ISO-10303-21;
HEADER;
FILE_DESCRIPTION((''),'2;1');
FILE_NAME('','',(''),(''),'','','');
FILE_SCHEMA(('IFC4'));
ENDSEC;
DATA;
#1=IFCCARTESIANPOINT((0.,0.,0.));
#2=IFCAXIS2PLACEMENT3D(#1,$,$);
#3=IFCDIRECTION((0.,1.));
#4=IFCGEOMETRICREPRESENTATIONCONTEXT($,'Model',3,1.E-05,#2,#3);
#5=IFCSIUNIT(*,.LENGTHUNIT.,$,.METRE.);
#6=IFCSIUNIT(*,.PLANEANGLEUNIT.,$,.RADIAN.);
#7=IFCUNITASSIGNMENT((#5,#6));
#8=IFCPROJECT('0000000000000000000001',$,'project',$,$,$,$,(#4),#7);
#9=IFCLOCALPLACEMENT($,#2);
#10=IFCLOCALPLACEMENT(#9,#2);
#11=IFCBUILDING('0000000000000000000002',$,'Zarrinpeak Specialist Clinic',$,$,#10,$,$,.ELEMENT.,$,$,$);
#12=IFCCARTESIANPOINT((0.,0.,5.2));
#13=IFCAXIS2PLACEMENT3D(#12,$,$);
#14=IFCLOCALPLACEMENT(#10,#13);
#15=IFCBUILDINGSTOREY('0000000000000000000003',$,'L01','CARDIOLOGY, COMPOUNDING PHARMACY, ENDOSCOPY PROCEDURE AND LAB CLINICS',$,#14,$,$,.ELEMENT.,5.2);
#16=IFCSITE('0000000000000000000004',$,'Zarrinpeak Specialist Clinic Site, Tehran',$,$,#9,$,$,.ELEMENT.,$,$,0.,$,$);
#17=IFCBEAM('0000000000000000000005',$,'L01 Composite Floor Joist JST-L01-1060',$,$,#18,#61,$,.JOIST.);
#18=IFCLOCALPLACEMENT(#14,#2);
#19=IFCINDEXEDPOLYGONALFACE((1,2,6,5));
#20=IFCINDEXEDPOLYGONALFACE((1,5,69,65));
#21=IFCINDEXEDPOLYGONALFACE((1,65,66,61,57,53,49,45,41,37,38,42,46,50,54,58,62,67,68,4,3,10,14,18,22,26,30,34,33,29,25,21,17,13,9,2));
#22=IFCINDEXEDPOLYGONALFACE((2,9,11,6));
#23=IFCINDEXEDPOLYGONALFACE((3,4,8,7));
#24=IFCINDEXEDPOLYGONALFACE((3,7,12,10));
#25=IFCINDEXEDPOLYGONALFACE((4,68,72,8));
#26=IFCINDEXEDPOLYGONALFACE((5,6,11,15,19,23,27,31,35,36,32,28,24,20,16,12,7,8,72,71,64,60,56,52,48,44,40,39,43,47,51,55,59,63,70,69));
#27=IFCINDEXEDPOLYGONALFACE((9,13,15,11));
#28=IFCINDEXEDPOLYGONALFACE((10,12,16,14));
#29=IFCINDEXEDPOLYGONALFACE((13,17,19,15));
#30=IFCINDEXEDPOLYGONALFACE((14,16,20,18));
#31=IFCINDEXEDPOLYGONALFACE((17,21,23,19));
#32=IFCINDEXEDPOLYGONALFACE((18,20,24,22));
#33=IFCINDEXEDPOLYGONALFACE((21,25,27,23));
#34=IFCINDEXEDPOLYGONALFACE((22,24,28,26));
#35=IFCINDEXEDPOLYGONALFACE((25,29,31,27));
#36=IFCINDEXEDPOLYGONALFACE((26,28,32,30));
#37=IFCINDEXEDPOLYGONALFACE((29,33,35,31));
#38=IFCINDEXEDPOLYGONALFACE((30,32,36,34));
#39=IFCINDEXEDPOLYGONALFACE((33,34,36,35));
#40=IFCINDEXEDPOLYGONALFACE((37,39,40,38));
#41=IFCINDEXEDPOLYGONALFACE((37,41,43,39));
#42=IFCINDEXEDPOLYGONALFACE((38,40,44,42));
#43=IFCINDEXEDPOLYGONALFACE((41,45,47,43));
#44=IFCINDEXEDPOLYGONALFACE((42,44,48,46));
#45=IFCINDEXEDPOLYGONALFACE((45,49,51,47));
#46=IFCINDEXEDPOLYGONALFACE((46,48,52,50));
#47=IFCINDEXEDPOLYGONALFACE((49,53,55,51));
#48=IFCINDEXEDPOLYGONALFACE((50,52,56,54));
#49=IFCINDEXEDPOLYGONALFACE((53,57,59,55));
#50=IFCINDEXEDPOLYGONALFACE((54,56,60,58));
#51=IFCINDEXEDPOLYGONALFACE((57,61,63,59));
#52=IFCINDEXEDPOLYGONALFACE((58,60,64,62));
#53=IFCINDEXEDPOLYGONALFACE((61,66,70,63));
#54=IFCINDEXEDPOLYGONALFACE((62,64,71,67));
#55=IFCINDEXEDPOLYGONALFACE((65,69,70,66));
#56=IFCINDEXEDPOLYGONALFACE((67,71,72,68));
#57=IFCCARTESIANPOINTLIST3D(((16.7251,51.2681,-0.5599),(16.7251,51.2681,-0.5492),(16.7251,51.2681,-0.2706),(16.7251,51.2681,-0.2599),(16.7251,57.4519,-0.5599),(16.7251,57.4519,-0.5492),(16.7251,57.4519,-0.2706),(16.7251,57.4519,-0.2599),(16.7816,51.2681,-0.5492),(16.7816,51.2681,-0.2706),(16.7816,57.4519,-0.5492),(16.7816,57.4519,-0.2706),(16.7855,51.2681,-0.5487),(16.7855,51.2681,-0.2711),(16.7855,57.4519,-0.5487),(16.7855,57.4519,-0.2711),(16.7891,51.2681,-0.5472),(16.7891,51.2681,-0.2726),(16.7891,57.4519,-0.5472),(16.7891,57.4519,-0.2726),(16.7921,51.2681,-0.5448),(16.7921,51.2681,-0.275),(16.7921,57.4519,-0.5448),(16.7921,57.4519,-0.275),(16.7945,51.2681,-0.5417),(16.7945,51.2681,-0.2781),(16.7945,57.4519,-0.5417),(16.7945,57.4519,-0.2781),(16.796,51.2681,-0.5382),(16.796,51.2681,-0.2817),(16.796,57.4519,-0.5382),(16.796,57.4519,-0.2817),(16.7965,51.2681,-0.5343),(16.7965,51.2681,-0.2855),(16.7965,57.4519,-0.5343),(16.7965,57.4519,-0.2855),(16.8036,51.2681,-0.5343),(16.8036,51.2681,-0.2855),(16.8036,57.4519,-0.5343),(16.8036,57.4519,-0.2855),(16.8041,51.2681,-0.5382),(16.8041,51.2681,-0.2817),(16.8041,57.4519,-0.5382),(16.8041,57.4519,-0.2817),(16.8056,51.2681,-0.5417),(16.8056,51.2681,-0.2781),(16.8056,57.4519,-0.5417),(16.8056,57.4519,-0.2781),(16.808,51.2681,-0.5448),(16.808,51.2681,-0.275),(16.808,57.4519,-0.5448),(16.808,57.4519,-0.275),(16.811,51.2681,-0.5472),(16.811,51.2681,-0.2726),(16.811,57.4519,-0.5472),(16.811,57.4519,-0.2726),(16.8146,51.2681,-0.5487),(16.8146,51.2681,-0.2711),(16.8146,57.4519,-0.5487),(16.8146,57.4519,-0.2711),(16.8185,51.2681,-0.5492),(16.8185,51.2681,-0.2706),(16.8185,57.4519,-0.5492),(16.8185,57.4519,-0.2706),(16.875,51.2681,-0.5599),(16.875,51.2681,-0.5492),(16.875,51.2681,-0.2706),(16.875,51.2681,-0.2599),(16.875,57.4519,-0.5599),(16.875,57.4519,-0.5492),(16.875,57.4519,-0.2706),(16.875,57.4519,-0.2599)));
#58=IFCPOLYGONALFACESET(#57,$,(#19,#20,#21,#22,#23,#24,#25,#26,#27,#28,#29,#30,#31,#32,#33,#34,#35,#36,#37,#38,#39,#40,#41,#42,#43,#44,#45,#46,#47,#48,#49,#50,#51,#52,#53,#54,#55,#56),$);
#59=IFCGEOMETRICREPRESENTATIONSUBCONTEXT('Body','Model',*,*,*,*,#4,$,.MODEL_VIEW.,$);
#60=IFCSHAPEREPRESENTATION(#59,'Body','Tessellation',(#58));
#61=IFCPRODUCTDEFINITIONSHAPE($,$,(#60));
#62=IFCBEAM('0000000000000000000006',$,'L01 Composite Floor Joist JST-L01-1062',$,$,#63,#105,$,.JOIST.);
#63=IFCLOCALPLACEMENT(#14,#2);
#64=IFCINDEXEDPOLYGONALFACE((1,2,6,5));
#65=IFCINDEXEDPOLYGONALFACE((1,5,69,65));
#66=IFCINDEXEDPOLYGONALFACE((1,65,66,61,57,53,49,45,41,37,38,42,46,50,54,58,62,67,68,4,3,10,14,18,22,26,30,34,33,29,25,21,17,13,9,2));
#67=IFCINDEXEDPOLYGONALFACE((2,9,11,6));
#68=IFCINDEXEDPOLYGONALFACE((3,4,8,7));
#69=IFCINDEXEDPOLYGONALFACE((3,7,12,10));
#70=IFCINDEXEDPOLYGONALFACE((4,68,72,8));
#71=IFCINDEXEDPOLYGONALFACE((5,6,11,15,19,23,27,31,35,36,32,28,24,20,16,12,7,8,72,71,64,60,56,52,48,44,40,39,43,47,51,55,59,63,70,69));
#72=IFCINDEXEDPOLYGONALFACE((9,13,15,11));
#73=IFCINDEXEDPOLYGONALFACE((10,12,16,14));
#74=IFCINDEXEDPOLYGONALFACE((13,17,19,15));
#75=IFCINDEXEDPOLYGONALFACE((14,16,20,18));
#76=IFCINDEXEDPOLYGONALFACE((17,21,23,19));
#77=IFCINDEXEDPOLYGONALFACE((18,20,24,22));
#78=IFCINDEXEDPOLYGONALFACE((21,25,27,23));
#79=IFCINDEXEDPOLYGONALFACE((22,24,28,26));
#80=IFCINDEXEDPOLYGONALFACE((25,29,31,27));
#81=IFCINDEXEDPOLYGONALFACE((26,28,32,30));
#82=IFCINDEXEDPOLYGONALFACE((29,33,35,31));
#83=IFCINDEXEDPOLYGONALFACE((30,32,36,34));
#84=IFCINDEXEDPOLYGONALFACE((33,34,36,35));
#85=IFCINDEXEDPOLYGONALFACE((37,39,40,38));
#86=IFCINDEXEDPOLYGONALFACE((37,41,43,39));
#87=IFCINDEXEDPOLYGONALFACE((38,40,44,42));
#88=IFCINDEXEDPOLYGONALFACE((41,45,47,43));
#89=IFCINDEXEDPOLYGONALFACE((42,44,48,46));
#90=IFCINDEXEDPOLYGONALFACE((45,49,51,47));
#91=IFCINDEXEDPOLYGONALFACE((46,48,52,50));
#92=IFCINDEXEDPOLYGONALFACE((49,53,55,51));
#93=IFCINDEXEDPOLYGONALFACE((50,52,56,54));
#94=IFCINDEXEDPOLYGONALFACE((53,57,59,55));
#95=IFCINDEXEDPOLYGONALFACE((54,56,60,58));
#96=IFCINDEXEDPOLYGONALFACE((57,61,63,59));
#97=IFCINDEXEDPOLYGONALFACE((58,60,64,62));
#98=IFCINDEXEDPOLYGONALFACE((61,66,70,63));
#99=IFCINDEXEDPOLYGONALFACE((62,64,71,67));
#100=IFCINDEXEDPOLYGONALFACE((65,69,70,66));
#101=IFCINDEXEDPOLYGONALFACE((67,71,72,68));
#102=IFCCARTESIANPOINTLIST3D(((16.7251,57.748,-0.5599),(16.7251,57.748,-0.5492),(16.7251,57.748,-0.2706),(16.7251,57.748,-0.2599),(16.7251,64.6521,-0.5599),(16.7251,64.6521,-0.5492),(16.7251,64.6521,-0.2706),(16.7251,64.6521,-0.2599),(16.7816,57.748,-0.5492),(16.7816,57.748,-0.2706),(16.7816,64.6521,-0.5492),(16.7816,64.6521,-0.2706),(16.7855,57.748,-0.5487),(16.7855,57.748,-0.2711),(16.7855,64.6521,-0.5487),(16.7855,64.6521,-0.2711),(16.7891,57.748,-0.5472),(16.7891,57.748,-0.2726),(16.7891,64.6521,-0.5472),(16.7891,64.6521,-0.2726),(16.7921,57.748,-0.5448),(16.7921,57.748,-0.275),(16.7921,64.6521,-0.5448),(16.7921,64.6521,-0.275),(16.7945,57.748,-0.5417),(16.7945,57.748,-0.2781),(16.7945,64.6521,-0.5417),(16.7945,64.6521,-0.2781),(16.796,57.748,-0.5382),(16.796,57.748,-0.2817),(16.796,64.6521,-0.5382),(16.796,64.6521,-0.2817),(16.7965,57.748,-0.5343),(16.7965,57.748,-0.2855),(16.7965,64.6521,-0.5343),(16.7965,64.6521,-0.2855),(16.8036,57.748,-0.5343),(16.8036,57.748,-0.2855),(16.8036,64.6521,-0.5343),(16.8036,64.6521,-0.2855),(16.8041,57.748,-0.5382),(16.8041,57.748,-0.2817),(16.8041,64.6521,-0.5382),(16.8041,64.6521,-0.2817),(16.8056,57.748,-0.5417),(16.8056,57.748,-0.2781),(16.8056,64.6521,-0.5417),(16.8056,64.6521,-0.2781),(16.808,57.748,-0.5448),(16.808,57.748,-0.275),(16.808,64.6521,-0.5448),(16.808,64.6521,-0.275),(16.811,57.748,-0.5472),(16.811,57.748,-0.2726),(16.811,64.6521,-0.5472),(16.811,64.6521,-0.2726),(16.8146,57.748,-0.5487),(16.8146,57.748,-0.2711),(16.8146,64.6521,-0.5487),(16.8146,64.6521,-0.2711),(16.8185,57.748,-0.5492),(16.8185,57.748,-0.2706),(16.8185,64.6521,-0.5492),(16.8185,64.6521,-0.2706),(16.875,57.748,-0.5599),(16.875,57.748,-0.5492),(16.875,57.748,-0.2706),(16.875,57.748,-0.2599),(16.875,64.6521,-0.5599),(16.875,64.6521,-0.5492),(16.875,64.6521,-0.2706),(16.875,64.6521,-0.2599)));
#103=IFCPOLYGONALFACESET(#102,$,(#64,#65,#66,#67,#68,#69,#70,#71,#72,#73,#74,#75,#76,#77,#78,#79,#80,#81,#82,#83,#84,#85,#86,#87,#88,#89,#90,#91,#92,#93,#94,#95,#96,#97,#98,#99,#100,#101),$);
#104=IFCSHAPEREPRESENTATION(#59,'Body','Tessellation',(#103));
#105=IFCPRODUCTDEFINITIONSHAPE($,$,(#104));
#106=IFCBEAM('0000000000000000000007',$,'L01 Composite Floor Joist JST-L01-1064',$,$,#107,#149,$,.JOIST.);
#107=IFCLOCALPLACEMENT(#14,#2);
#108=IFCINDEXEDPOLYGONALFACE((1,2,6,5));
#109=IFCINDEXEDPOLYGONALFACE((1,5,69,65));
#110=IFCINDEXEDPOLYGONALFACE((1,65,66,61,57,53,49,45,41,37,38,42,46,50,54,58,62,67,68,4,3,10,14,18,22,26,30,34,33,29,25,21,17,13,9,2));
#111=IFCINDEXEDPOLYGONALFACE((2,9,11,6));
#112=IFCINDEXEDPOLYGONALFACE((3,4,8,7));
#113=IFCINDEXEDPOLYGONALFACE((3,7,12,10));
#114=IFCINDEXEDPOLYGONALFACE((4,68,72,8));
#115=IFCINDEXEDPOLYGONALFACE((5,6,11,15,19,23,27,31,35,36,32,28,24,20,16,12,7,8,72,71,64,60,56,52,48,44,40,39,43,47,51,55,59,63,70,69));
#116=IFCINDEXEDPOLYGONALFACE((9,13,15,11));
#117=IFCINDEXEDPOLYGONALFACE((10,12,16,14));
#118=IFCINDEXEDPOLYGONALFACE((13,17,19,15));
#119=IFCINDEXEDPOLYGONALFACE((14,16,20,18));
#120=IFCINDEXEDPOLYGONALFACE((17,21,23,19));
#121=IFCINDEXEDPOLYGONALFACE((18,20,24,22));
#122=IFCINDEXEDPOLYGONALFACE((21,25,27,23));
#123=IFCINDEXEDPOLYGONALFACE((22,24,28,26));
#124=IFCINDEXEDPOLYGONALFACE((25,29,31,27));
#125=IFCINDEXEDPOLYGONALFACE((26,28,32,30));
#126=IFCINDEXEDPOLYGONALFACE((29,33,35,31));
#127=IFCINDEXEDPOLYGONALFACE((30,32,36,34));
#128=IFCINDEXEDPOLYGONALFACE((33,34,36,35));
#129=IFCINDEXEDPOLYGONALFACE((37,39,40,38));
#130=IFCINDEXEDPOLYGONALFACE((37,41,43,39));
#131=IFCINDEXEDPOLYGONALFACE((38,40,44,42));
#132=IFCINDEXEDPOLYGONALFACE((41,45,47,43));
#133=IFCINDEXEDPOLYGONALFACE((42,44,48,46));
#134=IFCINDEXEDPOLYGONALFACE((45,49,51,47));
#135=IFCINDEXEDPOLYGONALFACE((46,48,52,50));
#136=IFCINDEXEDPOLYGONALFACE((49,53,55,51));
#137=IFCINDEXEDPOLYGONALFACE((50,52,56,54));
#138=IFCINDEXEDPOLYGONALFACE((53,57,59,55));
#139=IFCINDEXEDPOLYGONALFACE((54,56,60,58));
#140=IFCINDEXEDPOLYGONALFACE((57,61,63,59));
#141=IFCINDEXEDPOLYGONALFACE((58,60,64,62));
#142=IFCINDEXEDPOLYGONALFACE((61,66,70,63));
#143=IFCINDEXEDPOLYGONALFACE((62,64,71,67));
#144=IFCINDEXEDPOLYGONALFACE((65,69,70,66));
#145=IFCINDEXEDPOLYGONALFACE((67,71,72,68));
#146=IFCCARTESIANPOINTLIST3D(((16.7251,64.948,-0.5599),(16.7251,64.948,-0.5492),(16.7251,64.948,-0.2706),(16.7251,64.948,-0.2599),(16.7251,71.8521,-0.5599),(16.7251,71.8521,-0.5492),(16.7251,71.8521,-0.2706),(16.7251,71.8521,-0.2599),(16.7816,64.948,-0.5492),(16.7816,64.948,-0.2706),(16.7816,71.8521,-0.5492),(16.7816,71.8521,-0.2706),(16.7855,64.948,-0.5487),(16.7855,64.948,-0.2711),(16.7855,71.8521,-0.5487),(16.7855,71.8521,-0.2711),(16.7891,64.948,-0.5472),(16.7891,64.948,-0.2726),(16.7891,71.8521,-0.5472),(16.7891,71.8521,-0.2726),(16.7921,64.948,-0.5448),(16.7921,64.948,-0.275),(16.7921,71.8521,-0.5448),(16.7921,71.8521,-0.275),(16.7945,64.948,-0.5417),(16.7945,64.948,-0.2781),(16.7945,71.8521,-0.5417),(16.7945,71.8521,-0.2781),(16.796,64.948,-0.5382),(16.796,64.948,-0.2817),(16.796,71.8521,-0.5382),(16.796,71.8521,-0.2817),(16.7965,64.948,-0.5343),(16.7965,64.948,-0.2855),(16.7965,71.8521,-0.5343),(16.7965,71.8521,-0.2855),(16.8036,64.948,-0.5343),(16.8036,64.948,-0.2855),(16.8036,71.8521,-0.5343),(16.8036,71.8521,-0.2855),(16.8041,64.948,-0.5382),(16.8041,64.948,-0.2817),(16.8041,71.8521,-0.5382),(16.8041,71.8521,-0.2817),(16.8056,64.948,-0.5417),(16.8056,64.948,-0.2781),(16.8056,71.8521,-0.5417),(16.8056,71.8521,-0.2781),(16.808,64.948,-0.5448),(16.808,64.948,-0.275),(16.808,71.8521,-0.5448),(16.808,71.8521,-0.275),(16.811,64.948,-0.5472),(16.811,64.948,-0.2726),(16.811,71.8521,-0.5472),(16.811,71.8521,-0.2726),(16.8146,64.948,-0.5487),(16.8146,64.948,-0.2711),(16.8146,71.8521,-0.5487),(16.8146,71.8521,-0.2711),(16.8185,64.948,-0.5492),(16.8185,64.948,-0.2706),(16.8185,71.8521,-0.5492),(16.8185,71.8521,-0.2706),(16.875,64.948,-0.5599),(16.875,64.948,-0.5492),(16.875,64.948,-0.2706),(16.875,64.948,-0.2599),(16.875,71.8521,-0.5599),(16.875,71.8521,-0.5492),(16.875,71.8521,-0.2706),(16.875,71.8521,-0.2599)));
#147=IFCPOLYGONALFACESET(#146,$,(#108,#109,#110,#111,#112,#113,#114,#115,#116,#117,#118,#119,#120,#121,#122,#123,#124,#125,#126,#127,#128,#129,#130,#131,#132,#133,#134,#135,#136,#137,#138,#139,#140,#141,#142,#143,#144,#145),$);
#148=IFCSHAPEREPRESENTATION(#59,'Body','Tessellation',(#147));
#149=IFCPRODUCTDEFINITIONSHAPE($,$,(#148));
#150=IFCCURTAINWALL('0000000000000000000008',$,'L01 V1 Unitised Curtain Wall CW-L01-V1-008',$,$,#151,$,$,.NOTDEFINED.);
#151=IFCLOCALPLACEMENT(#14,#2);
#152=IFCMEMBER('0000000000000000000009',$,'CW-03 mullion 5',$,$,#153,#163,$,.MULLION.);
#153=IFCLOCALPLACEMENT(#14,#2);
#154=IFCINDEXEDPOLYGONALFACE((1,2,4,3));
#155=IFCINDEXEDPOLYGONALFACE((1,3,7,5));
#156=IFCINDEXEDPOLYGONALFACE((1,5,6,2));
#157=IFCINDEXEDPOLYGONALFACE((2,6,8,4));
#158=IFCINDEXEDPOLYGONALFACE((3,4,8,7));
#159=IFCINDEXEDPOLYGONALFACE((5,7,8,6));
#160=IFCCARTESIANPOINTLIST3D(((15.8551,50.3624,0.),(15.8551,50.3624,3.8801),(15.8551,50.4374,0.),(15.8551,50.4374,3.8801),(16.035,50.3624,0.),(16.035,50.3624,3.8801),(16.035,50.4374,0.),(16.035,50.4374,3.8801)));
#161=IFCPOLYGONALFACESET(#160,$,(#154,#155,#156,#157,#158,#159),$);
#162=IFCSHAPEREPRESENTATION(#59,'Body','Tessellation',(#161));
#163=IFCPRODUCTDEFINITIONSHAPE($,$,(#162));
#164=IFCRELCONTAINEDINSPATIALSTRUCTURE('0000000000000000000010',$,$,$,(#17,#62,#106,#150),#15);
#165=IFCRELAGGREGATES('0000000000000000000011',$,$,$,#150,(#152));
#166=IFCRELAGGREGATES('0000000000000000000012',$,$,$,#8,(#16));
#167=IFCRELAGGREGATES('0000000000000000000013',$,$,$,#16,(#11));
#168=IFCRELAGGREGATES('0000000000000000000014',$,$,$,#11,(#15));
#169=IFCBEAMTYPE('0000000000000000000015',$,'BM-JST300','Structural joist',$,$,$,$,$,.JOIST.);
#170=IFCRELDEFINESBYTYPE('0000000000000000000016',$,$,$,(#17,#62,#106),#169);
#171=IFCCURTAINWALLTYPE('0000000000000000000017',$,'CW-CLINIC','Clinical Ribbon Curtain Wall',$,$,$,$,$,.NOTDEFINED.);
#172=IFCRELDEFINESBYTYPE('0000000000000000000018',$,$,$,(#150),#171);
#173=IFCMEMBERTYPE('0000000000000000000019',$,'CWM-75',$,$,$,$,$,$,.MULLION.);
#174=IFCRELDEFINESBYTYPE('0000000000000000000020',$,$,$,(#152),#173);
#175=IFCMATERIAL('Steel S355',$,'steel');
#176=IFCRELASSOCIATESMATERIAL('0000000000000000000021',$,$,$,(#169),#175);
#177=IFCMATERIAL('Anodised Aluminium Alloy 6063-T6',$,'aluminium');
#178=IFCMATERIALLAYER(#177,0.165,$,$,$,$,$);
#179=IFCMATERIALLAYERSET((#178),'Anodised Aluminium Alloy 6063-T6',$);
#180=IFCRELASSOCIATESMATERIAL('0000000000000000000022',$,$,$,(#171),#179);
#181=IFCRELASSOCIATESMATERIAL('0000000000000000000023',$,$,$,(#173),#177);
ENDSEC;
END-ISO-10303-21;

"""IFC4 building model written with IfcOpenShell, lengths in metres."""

from ifc_helpers import new_model, si_unit, direction, frame, origin, origin_2d, place, context, subcontext, project, spatial, rectangle, i_section, extrude, material, layer, layer_set, material_profile, profile_set, type_object, element, aggregate, save


model = new_model("IFC4")

# Units and contexts
model_context = context("Model", 3, precision=1e-05, world=origin(), true_north=direction((0.0, 1.0)))
body_context = subcontext(model_context, "Body", "Model", "MODEL_VIEW")
ifc_project = project(units=[si_unit("LENGTHUNIT", "METRE"), si_unit("PLANEANGLEUNIT", "RADIAN")], contexts=[model_context])

# Site, building, storey
site_placement = place(None, origin())
site = spatial("IfcSite", under=ifc_project, at=site_placement, Name="Zarrinpeak Specialist Clinic Site, Tehran", CompositionType="ELEMENT", RefElevation=0.0)
building_placement = place(site_placement, origin())
building = spatial("IfcBuilding", under=site, at=building_placement, Name="Zarrinpeak Specialist Clinic", CompositionType="ELEMENT")
storey_placement = place(building_placement, frame((0.0, 0.0, 5.2)))
storey = spatial("IfcBuildingStorey", under=building, at=storey_placement, Name="L01", Description="CARDIOLOGY, COMPOUNDING PHARMACY, ENDOSCOPY PROCEDURE AND LAB CLINICS", CompositionType="ELEMENT", Elevation=5.2)

# Shared definitions
ifc_material_1 = material(Name="Steel S355", Category="steel")

# Beams
ifc_material_profile_1 = material_profile(ifc_material_1, i_section(OverallWidth=0.1499, OverallDepth=0.3, WebThickness=0.0071, FlangeThickness=0.0107, FilletRadius=0.0149, at=origin_2d()), Name="IPE 300")
ifc_profile_set_1 = profile_set([ifc_material_profile_1], Name="Steel S355")
beam_type_1 = type_object("IfcBeamType", Name="BM-JST300", Description="Structural joist", PredefinedType="JOIST", material=ifc_profile_set_1)
beam_1_placement = place(storey_placement, frame((16.8, 51.2681, -0.4099), z_axis=(0.0, 1.0, 0.0), x_axis=(-1.0, 0.0, 0.0)))
element("IfcBeam", 1, at=beam_1_placement, inside=storey, type_object=beam_type_1, Name="L01 Composite Floor Joist JST-L01-1060", PredefinedType="JOIST", context=body_context, shape_type="SweptSolid", body=[
    extrude(i_section(OverallWidth=0.1499, OverallDepth=0.3, WebThickness=0.0071, FlangeThickness=0.0107, FilletRadius=0.0149, at=origin_2d()), origin(), (0.0, 0.0, 1.0), 6.1838),
])
for number, where, z_axis, x_axis, name in (
    (2, (16.8, 57.748, -0.4099), (0.0, 1.0, 0.0), (-1.0, 0.0, 0.0), "L01 Composite Floor Joist JST-L01-1062"),
    (3, (16.8, 64.948, -0.4099), (0.0, 1.0, 0.0), (-1.0, 0.0, 0.0), "L01 Composite Floor Joist JST-L01-1064"),
):
    element("IfcBeam", number, at=place(storey_placement, frame(where, z_axis=z_axis, x_axis=x_axis)), inside=storey, type_object=beam_type_1, Name=name, PredefinedType="JOIST", context=body_context, shape_type="SweptSolid", body=[
        extrude(i_section(OverallWidth=0.1499, OverallDepth=0.3, WebThickness=0.0071, FlangeThickness=0.0107, FilletRadius=0.0149, at=origin_2d()), origin(), (0.0, 0.0, 1.0), 6.9041),
    ])

# Curtain wall, member
ifc_material_2 = material(Name="Anodised Aluminium Alloy 6063-T6", Category="aluminium")
ifc_layer_1 = layer(ifc_material_2, 0.165)
ifc_layer_set_1 = layer_set([ifc_layer_1], Name="Anodised Aluminium Alloy 6063-T6")
curtain_wall_type = type_object("IfcCurtainWallType", Name="CW-CLINIC", Description="Clinical Ribbon Curtain Wall", PredefinedType="NOTDEFINED", material=ifc_layer_set_1)
curtain_wall_placement = place(storey_placement, origin())
curtain_wall = element("IfcCurtainWall", 4, at=curtain_wall_placement, inside=storey, type_object=curtain_wall_type, Name="L01 V1 Unitised Curtain Wall CW-L01-V1-008", PredefinedType="NOTDEFINED")
ifc_material_profile_2 = material_profile(ifc_material_2, rectangle(XDim=0.075, YDim=0.1799, at=origin_2d()), Name="ALU 75x180")
ifc_profile_set_2 = profile_set([ifc_material_profile_2], Name="Anodised Aluminium Alloy 6063-T6")
member_type_1 = type_object("IfcMemberType", Name="CWM-75", PredefinedType="MULLION", material=ifc_profile_set_2)
member_1_placement = place(storey_placement, frame((15.9451, 50.3999, 0.0), z_axis=(0.0, 0.0, 1.0), x_axis=(0.0, -1.0, 0.0)))
member_1 = element("IfcMember", 5, at=member_1_placement, type_object=member_type_1, Name="CW-03 mullion 5", PredefinedType="MULLION", context=body_context, shape_type="SweptSolid", body=[
    extrude(rectangle(XDim=0.075, YDim=0.1799, at=origin_2d()), origin(), (0.0, 0.0, 1.0), 3.8801),
])

aggregate(curtain_wall, [member_1])

save(model, "model.ifc")
